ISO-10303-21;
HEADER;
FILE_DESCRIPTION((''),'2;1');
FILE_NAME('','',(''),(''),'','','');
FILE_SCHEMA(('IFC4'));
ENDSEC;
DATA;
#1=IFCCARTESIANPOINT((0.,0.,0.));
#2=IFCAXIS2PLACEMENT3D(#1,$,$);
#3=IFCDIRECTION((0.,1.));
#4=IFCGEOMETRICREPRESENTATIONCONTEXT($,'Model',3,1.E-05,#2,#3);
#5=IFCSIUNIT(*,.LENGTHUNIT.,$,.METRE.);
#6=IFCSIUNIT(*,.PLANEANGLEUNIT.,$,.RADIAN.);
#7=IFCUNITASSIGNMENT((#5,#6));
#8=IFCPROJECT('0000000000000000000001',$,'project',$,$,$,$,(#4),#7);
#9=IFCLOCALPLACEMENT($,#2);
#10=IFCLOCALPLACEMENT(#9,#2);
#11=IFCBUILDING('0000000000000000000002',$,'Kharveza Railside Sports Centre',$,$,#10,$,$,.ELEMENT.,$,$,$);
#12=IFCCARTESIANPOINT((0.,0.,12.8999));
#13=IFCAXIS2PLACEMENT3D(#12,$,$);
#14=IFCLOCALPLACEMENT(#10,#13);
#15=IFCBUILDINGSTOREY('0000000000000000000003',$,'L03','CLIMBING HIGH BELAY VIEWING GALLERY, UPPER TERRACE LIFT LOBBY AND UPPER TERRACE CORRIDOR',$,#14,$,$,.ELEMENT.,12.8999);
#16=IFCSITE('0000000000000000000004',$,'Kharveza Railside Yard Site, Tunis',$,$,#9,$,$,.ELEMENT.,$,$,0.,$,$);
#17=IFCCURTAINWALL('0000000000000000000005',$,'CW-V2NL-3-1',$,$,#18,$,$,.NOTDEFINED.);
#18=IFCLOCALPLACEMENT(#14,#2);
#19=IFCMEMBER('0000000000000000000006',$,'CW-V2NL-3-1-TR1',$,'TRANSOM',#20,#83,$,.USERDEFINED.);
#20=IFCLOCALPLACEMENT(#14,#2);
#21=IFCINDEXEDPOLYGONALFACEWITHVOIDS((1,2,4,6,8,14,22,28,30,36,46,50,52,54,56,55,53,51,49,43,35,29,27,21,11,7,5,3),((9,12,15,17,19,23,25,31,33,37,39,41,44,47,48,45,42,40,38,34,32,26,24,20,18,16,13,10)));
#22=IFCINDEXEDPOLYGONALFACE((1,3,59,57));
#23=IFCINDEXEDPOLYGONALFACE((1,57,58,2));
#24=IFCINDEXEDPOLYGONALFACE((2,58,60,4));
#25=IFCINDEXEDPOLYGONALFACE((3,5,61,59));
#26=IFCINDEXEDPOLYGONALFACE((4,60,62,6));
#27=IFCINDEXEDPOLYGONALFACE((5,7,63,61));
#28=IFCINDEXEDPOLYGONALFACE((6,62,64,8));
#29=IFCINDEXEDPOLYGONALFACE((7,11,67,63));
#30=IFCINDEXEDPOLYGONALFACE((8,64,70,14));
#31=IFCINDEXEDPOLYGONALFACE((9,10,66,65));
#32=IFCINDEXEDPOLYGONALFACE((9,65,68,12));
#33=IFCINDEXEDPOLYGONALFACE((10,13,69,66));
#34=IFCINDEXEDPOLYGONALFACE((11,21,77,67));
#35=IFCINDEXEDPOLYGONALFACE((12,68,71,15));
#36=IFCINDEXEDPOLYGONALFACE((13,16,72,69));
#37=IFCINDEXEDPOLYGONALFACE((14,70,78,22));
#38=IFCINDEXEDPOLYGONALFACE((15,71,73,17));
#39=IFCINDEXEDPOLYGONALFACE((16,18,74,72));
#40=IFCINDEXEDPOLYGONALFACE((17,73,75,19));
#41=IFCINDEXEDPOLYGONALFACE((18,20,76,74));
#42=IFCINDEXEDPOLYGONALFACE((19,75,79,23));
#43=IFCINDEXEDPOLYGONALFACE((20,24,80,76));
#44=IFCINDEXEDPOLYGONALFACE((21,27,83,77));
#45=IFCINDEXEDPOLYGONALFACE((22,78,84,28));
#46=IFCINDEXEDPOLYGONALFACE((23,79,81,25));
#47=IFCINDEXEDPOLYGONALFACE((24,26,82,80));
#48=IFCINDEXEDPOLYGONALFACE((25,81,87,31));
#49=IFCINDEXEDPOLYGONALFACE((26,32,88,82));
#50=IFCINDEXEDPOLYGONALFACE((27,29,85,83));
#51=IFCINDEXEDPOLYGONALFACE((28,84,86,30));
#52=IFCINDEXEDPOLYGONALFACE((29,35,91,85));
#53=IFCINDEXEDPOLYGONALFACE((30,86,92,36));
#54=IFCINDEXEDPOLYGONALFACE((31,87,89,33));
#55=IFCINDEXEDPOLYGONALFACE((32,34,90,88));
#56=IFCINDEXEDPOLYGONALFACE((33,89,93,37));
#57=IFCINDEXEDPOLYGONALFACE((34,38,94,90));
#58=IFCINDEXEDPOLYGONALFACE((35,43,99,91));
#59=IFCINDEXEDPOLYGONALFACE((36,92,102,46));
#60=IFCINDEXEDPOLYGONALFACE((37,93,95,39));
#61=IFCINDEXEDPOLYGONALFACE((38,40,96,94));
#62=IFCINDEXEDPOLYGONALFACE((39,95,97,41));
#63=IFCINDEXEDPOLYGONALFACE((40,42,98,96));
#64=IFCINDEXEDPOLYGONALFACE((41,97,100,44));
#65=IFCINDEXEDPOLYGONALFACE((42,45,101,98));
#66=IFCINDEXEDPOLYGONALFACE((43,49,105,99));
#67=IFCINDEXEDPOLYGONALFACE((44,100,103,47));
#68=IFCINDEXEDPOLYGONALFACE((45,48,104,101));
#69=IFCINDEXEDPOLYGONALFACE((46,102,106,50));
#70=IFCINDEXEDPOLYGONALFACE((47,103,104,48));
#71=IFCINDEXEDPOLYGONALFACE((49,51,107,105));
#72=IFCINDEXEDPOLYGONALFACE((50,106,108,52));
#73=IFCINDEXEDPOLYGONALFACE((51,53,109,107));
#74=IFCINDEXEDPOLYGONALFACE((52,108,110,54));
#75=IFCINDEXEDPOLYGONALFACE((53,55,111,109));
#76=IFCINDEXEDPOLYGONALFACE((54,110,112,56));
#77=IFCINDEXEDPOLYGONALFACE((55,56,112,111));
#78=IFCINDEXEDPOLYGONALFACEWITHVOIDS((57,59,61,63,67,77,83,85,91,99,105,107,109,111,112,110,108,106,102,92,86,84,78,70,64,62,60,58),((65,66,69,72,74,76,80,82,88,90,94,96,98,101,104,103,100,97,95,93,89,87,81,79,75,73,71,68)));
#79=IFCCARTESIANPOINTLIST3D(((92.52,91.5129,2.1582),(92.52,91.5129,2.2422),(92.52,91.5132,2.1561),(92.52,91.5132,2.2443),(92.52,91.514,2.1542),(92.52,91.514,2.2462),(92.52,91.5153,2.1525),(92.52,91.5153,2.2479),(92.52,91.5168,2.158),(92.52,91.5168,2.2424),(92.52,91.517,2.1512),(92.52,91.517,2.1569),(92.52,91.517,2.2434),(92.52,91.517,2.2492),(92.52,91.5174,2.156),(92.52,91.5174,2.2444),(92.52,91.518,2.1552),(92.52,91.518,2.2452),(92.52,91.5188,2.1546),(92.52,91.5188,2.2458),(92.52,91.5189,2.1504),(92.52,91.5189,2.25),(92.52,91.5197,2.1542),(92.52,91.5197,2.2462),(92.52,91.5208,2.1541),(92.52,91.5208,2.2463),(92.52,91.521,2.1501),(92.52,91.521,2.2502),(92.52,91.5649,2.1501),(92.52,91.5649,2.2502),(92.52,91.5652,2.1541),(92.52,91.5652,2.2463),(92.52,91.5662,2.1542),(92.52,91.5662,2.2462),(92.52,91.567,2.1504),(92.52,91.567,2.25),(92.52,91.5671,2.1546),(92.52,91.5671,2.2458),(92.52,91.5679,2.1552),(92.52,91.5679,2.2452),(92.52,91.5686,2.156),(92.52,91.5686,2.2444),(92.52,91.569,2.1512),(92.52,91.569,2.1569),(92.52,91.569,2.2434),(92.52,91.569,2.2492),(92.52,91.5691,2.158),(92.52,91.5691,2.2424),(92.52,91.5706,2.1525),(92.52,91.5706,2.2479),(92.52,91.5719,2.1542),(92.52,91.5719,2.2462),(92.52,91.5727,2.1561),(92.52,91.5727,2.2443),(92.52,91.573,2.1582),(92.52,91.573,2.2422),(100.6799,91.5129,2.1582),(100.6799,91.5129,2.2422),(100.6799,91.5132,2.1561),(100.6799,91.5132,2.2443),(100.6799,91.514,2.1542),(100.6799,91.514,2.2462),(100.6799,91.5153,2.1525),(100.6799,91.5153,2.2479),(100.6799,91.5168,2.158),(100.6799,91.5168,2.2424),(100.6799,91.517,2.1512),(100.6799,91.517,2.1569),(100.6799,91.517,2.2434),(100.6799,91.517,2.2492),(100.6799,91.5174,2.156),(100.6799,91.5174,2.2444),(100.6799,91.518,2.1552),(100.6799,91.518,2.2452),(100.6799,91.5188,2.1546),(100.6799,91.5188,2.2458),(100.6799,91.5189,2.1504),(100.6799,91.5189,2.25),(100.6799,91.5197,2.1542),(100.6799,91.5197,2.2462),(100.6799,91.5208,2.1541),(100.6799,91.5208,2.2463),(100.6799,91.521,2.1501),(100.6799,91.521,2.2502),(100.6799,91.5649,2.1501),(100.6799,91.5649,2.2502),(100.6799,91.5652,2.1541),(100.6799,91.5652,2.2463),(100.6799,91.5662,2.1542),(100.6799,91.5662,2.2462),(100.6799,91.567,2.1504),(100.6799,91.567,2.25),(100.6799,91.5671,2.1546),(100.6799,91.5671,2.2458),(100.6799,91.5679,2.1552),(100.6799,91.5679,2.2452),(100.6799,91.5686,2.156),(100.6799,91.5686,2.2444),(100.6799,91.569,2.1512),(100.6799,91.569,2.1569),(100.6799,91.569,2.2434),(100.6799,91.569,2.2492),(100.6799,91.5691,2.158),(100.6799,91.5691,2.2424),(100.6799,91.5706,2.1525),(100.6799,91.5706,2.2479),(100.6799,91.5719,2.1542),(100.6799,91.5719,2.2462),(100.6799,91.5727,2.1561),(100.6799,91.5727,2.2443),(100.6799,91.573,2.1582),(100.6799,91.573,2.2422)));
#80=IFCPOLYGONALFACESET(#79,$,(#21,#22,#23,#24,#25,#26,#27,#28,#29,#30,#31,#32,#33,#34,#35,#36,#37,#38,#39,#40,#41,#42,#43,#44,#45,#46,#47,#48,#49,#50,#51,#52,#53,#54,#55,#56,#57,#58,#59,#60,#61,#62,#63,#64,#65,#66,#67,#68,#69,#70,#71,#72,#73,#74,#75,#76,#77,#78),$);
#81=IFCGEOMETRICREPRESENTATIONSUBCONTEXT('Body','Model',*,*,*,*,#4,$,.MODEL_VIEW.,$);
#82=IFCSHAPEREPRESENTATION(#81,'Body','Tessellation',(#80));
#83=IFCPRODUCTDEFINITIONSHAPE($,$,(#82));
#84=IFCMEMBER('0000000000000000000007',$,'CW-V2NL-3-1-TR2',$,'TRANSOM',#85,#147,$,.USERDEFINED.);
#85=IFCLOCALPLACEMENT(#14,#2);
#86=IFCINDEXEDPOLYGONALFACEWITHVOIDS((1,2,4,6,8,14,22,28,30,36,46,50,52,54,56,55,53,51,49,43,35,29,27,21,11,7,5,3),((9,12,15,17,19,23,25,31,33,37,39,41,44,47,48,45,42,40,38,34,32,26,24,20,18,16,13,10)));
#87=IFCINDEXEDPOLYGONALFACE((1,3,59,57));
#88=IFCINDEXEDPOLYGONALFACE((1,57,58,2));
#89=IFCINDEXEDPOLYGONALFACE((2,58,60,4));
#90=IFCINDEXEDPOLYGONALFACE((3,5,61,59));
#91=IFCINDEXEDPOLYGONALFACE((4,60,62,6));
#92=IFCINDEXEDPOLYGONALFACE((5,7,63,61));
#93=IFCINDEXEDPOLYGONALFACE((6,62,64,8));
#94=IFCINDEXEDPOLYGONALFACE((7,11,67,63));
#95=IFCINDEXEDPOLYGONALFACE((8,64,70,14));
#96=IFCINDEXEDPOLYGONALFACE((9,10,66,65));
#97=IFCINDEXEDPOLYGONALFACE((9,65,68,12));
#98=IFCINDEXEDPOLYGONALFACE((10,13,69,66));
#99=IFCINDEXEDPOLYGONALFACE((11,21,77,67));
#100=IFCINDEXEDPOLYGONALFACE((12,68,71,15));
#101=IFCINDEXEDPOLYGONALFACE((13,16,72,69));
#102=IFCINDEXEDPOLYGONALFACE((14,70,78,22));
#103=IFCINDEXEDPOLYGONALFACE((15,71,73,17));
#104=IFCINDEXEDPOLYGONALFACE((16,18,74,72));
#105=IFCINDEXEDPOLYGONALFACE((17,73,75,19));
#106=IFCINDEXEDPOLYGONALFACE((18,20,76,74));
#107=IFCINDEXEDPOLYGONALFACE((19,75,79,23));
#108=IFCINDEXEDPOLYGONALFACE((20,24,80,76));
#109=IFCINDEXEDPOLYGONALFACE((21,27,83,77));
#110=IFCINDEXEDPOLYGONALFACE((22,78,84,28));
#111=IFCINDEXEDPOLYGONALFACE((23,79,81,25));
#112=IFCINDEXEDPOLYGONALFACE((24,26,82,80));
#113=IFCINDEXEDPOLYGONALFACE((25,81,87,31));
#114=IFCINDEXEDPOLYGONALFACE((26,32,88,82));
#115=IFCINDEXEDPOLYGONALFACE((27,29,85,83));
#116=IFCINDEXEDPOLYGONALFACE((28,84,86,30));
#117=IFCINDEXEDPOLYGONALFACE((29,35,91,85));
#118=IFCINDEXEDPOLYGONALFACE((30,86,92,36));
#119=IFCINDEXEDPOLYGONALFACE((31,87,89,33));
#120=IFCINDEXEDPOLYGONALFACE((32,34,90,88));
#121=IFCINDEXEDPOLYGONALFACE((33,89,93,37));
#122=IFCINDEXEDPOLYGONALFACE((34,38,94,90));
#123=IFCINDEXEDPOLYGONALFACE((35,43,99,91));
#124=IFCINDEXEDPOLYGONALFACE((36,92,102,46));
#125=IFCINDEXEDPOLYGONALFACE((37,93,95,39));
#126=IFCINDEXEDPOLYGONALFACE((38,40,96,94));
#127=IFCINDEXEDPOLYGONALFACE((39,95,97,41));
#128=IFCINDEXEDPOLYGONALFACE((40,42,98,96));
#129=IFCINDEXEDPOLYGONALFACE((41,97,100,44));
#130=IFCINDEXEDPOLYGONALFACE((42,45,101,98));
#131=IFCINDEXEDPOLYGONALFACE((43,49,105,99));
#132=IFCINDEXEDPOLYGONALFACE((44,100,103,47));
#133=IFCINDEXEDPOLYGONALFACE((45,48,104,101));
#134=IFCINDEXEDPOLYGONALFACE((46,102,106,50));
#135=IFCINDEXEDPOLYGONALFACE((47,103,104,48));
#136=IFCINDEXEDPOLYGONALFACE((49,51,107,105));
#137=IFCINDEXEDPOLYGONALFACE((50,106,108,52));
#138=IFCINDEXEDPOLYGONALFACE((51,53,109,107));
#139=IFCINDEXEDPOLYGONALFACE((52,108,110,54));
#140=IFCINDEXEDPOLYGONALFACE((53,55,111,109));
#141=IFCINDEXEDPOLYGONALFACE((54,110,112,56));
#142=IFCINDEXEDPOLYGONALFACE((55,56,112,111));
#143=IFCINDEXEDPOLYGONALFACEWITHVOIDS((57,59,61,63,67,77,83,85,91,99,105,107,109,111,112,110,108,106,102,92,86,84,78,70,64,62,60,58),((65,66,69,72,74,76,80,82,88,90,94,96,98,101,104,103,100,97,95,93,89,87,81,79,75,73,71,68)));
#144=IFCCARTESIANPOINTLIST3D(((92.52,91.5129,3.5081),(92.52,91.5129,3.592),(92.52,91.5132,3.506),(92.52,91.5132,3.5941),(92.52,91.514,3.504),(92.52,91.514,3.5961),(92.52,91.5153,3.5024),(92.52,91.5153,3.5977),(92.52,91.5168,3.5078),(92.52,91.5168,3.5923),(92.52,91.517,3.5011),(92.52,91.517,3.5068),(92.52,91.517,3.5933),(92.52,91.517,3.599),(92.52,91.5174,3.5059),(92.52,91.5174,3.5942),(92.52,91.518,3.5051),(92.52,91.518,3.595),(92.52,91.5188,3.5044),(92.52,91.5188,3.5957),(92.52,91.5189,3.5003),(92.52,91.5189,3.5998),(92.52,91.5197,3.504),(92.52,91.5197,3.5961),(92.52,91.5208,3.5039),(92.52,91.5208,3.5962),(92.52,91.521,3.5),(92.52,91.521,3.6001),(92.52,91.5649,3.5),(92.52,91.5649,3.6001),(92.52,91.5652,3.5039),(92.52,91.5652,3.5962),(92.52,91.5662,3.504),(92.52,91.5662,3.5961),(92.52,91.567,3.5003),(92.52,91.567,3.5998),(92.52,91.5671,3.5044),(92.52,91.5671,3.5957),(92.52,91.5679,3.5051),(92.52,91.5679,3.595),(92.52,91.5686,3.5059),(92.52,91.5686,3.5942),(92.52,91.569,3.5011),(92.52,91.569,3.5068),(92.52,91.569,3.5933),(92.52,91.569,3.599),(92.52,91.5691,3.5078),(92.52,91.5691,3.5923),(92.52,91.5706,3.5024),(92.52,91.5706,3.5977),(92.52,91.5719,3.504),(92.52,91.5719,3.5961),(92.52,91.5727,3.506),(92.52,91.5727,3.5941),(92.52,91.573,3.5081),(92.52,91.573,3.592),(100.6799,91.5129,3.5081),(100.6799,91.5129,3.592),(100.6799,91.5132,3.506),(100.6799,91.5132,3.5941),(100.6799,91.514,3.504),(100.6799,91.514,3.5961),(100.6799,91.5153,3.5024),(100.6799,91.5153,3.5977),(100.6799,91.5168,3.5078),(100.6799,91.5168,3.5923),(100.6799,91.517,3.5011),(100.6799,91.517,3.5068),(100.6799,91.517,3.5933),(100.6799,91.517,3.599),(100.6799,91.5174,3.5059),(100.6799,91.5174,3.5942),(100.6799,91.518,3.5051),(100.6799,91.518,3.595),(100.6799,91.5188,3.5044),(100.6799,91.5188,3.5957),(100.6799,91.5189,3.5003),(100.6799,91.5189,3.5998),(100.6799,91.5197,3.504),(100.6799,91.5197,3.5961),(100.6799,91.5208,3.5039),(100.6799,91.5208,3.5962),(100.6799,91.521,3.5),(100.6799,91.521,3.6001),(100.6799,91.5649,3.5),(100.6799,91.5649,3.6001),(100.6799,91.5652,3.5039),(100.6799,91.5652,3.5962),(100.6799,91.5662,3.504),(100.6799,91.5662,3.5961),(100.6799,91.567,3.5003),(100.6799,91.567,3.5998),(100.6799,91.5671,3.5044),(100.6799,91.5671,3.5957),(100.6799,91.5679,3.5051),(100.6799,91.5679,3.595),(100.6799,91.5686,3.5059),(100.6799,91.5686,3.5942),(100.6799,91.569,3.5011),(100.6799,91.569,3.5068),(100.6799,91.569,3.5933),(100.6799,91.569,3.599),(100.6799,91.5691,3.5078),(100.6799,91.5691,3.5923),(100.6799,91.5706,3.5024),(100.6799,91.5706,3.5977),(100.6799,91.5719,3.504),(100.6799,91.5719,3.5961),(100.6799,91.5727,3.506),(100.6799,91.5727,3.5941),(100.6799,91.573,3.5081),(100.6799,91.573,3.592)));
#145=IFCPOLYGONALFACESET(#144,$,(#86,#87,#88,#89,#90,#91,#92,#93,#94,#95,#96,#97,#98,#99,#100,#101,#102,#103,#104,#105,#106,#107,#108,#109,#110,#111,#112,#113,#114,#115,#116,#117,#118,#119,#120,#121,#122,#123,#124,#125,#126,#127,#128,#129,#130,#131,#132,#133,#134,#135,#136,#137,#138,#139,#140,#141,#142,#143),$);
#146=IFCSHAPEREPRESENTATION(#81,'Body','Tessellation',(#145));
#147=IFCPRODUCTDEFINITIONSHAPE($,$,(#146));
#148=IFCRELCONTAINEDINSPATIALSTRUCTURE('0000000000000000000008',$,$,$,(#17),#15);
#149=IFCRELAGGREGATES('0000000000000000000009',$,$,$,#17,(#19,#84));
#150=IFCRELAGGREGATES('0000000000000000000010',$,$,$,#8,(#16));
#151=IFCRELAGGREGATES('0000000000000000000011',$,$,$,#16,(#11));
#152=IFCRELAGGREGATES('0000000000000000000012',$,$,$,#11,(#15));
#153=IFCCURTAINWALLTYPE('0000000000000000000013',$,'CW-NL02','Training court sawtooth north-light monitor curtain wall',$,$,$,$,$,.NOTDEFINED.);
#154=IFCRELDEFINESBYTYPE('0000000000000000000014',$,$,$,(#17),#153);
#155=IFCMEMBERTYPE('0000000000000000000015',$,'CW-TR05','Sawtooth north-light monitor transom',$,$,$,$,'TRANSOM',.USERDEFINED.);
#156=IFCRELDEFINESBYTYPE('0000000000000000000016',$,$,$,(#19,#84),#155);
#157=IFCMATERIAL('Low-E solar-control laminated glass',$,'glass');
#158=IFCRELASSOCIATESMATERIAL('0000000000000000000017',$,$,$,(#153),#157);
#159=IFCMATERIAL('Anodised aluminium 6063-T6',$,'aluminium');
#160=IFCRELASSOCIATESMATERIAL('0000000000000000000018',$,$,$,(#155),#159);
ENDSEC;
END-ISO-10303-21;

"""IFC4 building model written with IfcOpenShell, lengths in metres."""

from ifc_helpers import new_model, si_unit, direction, frame, origin, origin_2d, place, context, subcontext, project, spatial, hollow_rectangle, extrude, material, material_profile, profile_set, type_object, element, aggregate, save


model = new_model("IFC4")

# Units and contexts
model_context = context("Model", 3, precision=1e-05, world=origin(), true_north=direction((0.0, 1.0)))
body_context = subcontext(model_context, "Body", "Model", "MODEL_VIEW")
ifc_project = project(units=[si_unit("LENGTHUNIT", "METRE"), si_unit("PLANEANGLEUNIT", "RADIAN")], contexts=[model_context])

# Site, building, storey
site_placement = place(None, origin())
site = spatial("IfcSite", under=ifc_project, at=site_placement, Name="Kharveza Railside Yard Site, Tunis", CompositionType="ELEMENT", RefElevation=0.0)
building_placement = place(site_placement, origin())
building = spatial("IfcBuilding", under=site, at=building_placement, Name="Kharveza Railside Sports Centre", CompositionType="ELEMENT")
storey_placement = place(building_placement, frame((0.0, 0.0, 12.8999)))
storey = spatial("IfcBuildingStorey", under=building, at=storey_placement, Name="L03", Description="CLIMBING HIGH BELAY VIEWING GALLERY, UPPER TERRACE LIFT LOBBY AND UPPER TERRACE CORRIDOR", CompositionType="ELEMENT", Elevation=12.8999)

# Shared definitions
ifc_material_1 = material(Name="Low-E solar-control laminated glass", Category="glass")
curtain_wall_type = type_object("IfcCurtainWallType", Name="CW-NL02", Description="Training court sawtooth north-light monitor curtain wall", PredefinedType="NOTDEFINED", material=ifc_material_1)
ifc_material_2 = material(Name="Anodised aluminium 6063-T6", Category="aluminium")

# Curtain wall
curtain_wall_1_placement = place(storey_placement, origin())
curtain_wall_1 = element("IfcCurtainWall", 1, at=curtain_wall_1_placement, inside=storey, type_object=curtain_wall_type, Name="CW-V2NL-3-1", PredefinedType="NOTDEFINED")

# Members
ifc_material_profile_1 = material_profile(ifc_material_2, hollow_rectangle(XDim=0.0601, YDim=0.1001, WallThickness=0.0039, InnerFilletRadius=0.0039, OuterFilletRadius=0.0081, at=origin_2d()), Name="RHS 60x100x4.0")
ifc_profile_set_1 = profile_set([ifc_material_profile_1], Name="Anodised aluminium 6063-T6")
member_type_1 = type_object("IfcMemberType", Name="CW-TR05", Description="Sawtooth north-light monitor transom", ElementType="TRANSOM", PredefinedType="USERDEFINED", material=ifc_profile_set_1)
member_1_placement = place(storey_placement, frame((92.52, 91.543, 2.2002), z_axis=(1.0, 0.0, 0.0), x_axis=(0.0, 1.0, 0.0)))
member_1 = element("IfcMember", 2, at=member_1_placement, type_object=member_type_1, Name="CW-V2NL-3-1-TR1", ObjectType="TRANSOM", PredefinedType="USERDEFINED", context=body_context, shape_type="SweptSolid", body=[
    extrude(hollow_rectangle(XDim=0.0601, YDim=0.1001, WallThickness=0.0039, InnerFilletRadius=0.0039, OuterFilletRadius=0.0081, at=origin_2d()), origin(), (0.0, 0.0, 1.0), 8.1599),
])
member_2_placement = place(storey_placement, frame((92.52, 91.543, 3.55), z_axis=(1.0, 0.0, 0.0), x_axis=(0.0, 1.0, 0.0)))
member_2 = element("IfcMember", 3, at=member_2_placement, type_object=member_type_1, Name="CW-V2NL-3-1-TR2", ObjectType="TRANSOM", PredefinedType="USERDEFINED", context=body_context, shape_type="SweptSolid", body=[
    extrude(hollow_rectangle(XDim=0.0601, YDim=0.1001, WallThickness=0.0039, InnerFilletRadius=0.0039, OuterFilletRadius=0.0081, at=origin_2d()), origin(), (0.0, 0.0, 1.0), 8.1599),
])
aggregate(curtain_wall_1, [member_1, member_2])

save(model, "model.ifc")
